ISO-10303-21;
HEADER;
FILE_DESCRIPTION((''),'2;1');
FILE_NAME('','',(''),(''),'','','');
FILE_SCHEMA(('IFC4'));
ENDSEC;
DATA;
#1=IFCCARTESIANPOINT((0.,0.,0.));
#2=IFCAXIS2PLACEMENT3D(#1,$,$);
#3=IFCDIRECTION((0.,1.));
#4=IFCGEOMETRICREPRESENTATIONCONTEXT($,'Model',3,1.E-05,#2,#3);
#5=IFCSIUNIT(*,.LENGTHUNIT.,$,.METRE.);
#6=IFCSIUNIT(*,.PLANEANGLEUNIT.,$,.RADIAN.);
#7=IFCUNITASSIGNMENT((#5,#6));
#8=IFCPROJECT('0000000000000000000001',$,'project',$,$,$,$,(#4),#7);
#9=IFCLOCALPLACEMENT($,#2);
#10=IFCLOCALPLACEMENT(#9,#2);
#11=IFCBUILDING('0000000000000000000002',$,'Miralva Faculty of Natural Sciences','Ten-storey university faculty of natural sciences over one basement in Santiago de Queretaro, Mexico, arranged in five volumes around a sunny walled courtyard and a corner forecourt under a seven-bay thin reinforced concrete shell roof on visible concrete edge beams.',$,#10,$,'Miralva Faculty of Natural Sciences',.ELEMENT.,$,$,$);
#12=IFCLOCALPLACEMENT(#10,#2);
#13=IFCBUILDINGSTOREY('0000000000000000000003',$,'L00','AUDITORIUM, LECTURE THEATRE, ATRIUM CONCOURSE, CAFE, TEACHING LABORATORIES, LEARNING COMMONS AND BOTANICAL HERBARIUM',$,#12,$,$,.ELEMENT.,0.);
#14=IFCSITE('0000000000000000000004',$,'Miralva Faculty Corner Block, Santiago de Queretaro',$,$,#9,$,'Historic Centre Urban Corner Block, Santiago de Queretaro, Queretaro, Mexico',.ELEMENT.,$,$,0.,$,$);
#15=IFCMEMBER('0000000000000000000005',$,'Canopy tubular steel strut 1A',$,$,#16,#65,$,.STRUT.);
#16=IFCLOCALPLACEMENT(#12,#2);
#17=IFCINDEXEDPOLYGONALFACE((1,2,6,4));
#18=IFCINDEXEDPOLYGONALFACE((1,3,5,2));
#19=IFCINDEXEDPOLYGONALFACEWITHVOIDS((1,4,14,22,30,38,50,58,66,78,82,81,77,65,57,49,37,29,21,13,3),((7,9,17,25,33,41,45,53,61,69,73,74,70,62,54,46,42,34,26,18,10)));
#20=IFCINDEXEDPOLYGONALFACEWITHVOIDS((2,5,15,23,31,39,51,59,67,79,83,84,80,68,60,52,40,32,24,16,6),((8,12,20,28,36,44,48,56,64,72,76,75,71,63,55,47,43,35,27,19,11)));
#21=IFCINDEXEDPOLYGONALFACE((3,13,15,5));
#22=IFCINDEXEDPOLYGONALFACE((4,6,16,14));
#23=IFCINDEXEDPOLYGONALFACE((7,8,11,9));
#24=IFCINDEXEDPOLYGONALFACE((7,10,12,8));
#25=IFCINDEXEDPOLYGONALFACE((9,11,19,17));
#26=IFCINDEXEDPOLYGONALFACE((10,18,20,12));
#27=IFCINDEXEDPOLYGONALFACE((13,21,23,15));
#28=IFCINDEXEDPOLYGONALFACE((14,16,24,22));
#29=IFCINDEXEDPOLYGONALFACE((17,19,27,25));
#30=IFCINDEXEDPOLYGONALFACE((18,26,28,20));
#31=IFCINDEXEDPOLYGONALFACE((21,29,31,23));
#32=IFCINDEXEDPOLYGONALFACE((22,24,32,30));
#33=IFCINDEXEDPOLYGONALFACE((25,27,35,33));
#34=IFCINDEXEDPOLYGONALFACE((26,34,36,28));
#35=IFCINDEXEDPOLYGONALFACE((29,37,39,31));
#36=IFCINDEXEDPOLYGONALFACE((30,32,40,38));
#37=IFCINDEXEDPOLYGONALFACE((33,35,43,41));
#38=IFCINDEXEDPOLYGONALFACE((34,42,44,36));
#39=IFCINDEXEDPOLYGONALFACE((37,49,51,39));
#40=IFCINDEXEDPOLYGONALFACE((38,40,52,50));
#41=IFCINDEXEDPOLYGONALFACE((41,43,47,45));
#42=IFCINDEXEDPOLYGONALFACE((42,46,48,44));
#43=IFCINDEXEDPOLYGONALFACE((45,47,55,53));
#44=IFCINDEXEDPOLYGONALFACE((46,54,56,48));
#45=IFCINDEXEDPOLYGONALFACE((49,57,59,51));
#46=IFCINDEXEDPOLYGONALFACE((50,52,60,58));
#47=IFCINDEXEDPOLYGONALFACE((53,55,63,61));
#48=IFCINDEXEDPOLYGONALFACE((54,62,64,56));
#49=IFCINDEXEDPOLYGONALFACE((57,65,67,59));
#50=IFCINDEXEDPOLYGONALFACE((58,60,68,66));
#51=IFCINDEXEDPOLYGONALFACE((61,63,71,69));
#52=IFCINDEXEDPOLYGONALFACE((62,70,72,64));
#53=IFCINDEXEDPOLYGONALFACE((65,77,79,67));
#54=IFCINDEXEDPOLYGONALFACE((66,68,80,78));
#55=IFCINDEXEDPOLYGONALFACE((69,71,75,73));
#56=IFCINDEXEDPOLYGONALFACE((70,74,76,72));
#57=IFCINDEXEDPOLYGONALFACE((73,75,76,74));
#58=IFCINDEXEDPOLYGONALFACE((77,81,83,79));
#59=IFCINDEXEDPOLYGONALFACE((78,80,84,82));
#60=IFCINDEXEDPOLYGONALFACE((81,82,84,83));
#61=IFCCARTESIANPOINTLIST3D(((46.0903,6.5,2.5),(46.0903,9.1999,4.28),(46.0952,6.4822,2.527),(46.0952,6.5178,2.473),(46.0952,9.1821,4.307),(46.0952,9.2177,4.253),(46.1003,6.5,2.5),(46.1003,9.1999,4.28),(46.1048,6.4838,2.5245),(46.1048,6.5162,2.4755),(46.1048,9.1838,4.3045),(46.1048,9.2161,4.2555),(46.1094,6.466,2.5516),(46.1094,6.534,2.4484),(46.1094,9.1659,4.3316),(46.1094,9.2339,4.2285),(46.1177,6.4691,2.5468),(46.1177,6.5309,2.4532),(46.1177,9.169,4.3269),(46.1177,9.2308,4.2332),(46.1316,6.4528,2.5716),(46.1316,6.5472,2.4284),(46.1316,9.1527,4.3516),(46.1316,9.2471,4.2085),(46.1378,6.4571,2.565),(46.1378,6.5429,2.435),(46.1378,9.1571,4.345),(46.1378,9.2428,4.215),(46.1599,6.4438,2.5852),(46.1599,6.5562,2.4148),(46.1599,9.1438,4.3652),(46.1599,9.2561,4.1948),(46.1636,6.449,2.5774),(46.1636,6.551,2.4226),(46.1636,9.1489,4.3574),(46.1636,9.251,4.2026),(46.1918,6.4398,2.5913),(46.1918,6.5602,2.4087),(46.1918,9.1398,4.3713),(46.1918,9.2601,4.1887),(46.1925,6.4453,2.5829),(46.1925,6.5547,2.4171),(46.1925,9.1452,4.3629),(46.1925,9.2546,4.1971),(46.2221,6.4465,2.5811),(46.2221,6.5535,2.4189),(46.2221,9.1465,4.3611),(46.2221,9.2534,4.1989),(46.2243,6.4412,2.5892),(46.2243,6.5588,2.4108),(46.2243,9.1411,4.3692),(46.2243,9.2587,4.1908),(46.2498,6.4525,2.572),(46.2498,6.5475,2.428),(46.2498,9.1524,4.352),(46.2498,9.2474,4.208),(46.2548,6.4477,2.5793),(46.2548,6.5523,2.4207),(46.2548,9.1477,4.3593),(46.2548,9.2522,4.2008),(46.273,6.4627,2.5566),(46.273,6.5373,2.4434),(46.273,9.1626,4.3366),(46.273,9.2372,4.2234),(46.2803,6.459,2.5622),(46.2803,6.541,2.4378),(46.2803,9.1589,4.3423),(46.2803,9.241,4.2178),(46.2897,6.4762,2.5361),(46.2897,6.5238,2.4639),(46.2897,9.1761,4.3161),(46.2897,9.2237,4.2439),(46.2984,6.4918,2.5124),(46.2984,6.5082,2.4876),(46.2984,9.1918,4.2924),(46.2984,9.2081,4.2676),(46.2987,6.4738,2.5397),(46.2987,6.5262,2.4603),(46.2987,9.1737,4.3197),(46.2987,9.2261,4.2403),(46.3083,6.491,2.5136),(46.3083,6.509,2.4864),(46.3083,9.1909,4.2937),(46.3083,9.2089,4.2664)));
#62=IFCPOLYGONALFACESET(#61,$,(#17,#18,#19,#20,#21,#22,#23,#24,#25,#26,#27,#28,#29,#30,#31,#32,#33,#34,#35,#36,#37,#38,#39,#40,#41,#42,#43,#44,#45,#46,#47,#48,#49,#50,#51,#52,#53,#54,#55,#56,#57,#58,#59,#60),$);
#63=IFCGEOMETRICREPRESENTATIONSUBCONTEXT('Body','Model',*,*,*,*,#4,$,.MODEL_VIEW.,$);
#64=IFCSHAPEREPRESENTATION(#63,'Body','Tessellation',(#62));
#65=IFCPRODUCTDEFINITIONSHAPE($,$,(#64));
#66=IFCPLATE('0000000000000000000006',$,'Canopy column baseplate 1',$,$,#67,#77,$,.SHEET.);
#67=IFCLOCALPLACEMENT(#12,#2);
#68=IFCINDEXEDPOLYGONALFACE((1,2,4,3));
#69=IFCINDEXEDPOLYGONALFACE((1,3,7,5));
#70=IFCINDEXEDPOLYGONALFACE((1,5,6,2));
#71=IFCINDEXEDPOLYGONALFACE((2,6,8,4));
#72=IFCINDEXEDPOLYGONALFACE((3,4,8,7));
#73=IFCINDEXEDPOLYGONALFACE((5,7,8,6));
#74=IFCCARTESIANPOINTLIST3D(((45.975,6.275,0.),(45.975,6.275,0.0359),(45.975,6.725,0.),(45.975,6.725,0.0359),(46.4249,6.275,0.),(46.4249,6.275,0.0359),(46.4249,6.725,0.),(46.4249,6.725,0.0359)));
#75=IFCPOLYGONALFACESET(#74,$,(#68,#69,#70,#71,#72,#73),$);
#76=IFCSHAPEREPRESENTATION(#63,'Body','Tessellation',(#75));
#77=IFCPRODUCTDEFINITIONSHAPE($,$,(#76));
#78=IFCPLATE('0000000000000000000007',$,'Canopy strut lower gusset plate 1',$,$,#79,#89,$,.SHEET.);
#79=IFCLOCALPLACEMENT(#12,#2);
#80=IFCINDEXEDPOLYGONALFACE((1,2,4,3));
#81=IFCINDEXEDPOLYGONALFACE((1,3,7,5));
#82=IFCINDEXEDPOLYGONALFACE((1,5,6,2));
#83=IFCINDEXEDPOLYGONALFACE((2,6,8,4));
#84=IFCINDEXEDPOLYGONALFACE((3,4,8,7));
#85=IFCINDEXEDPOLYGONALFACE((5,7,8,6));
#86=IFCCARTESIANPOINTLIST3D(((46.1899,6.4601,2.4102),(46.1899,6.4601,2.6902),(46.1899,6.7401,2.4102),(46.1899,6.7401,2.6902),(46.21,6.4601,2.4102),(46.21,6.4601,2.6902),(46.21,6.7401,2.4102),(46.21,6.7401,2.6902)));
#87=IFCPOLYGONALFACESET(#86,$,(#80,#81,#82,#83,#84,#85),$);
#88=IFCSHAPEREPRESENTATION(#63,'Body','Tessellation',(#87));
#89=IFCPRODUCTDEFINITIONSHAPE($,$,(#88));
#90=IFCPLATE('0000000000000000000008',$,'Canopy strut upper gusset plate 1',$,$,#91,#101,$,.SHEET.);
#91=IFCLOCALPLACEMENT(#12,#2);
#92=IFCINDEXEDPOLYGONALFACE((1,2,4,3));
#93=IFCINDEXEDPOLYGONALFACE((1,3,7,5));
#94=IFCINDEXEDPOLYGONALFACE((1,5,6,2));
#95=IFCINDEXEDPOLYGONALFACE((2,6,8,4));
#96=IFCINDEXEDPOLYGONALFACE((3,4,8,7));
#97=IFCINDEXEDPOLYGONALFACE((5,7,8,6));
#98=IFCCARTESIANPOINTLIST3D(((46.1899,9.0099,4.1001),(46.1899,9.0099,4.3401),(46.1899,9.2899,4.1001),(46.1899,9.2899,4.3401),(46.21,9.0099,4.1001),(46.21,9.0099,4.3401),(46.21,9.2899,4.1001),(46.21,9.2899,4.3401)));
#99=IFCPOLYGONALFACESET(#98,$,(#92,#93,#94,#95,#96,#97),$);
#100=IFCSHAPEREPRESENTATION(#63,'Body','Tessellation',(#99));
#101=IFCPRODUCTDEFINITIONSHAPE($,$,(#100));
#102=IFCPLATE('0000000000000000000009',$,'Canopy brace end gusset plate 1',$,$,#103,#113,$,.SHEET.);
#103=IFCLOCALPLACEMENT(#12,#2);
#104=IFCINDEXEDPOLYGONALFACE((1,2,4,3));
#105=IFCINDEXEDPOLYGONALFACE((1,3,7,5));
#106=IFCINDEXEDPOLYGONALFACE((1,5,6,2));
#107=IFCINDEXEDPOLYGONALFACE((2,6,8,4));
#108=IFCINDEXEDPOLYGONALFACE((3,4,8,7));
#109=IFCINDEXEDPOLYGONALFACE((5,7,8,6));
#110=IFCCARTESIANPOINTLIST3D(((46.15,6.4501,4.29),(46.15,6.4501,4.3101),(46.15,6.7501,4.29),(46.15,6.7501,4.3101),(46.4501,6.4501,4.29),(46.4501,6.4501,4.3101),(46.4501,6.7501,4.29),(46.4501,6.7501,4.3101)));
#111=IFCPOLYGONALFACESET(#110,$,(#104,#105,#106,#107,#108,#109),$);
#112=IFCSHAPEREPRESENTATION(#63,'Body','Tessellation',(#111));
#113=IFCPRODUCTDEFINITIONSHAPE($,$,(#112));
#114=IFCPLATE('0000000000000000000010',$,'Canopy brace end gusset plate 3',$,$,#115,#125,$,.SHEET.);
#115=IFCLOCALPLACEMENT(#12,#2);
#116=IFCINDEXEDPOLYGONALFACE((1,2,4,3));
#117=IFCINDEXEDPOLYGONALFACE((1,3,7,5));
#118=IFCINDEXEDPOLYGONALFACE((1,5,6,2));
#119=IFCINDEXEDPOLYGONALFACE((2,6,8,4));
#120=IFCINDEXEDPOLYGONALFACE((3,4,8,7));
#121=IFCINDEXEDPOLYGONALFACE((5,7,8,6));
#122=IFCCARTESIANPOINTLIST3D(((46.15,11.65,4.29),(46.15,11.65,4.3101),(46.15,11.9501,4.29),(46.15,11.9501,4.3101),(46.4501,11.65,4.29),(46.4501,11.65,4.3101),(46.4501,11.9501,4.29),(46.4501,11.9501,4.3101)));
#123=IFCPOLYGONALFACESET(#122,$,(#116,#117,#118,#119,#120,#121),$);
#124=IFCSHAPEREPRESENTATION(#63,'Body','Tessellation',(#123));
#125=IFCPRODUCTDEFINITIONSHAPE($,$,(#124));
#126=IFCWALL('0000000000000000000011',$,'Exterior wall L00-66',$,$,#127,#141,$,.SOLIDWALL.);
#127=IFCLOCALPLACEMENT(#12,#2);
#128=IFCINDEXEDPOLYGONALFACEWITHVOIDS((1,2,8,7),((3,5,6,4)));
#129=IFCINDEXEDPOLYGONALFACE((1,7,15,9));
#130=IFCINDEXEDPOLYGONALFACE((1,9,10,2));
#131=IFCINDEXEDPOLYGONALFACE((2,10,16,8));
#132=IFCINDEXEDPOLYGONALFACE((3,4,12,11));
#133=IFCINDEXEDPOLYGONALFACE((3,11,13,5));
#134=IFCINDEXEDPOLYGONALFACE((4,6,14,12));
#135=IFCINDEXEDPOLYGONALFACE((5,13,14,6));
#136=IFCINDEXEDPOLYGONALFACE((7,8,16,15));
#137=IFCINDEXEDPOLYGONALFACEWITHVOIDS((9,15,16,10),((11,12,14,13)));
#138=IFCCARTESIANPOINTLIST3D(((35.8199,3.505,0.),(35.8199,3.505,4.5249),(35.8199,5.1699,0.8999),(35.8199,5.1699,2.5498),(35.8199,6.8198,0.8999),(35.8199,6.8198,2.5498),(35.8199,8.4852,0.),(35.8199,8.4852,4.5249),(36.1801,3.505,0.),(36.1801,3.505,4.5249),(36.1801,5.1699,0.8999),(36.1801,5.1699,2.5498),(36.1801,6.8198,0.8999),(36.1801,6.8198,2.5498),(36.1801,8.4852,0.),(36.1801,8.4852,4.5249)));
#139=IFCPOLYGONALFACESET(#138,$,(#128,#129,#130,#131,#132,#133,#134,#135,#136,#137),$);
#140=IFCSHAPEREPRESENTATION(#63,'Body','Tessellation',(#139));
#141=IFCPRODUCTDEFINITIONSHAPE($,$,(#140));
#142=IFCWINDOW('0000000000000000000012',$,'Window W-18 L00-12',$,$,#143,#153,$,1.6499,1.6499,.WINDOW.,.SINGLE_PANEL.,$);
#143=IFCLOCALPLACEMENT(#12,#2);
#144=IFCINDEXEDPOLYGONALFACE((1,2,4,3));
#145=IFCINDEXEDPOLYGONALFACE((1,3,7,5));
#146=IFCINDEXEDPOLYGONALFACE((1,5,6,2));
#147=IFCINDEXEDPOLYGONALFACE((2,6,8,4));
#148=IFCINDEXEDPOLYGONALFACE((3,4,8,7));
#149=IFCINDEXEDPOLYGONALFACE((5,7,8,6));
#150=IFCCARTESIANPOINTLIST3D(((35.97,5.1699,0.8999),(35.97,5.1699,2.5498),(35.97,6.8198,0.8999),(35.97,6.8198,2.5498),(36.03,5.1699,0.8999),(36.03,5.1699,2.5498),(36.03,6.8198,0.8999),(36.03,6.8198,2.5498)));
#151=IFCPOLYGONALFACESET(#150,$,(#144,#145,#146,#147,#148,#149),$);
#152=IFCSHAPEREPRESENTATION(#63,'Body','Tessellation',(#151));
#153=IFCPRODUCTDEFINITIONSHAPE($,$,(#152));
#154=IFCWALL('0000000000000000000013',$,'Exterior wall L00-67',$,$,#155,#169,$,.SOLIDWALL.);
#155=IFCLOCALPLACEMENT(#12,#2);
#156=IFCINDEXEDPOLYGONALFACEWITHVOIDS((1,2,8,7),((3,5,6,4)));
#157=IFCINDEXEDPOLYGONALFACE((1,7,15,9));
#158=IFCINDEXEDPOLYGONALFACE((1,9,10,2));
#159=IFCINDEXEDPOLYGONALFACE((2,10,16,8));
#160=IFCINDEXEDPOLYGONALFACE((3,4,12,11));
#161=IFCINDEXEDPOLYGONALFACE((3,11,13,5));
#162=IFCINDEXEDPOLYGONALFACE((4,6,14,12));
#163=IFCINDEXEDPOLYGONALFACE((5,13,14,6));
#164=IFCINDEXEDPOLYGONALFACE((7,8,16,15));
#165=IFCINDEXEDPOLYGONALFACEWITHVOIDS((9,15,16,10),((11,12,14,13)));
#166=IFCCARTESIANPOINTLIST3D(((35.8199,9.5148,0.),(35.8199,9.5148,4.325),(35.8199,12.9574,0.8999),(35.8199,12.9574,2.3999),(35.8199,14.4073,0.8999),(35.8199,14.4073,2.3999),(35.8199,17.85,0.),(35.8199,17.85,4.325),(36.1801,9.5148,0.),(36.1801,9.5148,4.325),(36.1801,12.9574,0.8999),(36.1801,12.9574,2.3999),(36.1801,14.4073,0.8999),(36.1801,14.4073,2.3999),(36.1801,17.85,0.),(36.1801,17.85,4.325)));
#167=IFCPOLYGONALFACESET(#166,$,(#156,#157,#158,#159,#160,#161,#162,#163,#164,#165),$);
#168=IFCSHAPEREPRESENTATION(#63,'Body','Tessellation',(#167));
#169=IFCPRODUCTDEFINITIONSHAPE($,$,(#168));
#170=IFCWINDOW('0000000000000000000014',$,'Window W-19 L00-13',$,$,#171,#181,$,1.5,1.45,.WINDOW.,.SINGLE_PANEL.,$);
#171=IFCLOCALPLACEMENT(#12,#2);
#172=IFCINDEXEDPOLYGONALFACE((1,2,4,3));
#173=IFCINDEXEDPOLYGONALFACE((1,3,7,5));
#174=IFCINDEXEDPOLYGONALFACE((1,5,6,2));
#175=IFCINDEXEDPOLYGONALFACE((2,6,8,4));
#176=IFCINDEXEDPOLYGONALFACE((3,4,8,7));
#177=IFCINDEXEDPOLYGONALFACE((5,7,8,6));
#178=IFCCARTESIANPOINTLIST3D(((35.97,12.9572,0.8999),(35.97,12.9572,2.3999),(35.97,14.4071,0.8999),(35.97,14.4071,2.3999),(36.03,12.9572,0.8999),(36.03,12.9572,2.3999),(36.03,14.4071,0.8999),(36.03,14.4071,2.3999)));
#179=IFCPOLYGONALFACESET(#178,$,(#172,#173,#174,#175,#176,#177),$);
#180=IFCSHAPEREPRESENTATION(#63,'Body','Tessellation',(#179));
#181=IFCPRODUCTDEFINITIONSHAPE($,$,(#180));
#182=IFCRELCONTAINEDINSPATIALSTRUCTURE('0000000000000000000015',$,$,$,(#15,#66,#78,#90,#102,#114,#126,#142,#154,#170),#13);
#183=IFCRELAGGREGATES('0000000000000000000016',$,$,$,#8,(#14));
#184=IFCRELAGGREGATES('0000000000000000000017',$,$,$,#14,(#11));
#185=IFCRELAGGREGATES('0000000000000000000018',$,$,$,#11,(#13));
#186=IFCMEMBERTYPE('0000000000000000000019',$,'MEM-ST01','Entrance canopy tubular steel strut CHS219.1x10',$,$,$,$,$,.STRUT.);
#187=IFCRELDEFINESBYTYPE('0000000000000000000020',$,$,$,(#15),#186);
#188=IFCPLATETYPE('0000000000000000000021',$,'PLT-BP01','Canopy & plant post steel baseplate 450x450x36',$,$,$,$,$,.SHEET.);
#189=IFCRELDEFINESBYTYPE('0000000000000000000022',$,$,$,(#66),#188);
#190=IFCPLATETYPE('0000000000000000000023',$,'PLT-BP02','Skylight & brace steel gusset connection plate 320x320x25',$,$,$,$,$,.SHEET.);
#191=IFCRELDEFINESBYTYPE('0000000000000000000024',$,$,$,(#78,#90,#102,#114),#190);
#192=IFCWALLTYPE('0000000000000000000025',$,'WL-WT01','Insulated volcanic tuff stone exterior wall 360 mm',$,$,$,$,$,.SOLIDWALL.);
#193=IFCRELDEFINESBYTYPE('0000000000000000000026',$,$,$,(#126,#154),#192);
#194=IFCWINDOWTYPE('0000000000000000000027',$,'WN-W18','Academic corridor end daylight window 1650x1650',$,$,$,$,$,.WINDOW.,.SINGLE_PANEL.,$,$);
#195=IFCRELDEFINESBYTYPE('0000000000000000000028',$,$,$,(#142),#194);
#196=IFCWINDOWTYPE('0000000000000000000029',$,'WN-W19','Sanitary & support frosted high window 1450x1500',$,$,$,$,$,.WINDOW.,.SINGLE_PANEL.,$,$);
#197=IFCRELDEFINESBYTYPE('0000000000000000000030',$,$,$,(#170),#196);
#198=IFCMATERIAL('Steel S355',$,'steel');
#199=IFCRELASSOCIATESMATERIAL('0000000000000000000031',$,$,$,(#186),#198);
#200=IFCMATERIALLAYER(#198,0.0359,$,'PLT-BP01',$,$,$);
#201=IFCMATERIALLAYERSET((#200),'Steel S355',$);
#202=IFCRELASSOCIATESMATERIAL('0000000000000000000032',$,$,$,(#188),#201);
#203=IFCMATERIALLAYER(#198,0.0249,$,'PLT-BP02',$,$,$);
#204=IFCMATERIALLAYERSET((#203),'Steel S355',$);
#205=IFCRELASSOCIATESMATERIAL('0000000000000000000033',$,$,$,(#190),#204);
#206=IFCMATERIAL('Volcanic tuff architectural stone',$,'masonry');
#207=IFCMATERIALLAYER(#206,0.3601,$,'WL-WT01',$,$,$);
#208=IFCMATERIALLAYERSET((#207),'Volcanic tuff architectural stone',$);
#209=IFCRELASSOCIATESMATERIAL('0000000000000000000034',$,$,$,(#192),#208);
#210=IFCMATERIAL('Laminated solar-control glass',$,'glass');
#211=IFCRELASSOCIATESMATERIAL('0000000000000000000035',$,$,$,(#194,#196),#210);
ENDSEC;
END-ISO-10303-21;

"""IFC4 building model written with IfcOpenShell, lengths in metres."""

from ifc_helpers import new_model, si_unit, direction, frame, frame_2d, origin, origin_2d, place, context, subcontext, project, spatial, rectangle, hollow_circle, extrude, material, layer, layer_set, material_profile, profile_set, type_object, element, fill, save


model = new_model("IFC4")

# Units and contexts
model_context = context("Model", 3, precision=1e-05, world=origin(), true_north=direction((0.0, 1.0)))
body_context = subcontext(model_context, "Body", "Model", "MODEL_VIEW")
ifc_project = project(units=[si_unit("LENGTHUNIT", "METRE"), si_unit("PLANEANGLEUNIT", "RADIAN")], contexts=[model_context])

# Site, building, storey
site_placement = place(None, origin())
site = spatial("IfcSite", under=ifc_project, at=site_placement, Name="Miralva Faculty Corner Block, Santiago de Queretaro", LongName="Historic Centre Urban Corner Block, Santiago de Queretaro, Queretaro, Mexico", CompositionType="ELEMENT", RefElevation=0.0)
building_placement = place(site_placement, origin())
building = spatial("IfcBuilding", under=site, at=building_placement, Name="Miralva Faculty of Natural Sciences", Description="Ten-storey university faculty of natural sciences over one basement in Santiago de Queretaro, Mexico, arranged in five volumes around a sunny walled courtyard and a corner forecourt under a seven-bay thin reinforced concrete shell roof on visible concrete edge beams.", LongName="Miralva Faculty of Natural Sciences", CompositionType="ELEMENT")
storey_placement = place(building_placement, origin())
storey = spatial("IfcBuildingStorey", under=building, at=storey_placement, Name="L00", Description="AUDITORIUM, LECTURE THEATRE, ATRIUM CONCOURSE, CAFE, TEACHING LABORATORIES, LEARNING COMMONS AND BOTANICAL HERBARIUM", CompositionType="ELEMENT", Elevation=0.0)

# Shared definitions
ifc_material_1 = material(Name="Steel S355", Category="steel")

# Shared definitions
ifc_material_2 = material(Name="Laminated solar-control glass", Category="glass")

# Member
ifc_material_profile_1 = material_profile(ifc_material_1, hollow_circle(Radius=0.1096, WallThickness=0.01, at=origin_2d()), Name="CHS 219.1x10")
ifc_profile_set_1 = profile_set([ifc_material_profile_1], Name="Steel S355")
member_type_1 = type_object("IfcMemberType", Name="MEM-ST01", Description="Entrance canopy tubular steel strut CHS219.1x10", PredefinedType="STRUT", material=ifc_profile_set_1)
member_1_placement = place(storey_placement, frame((46.2, 6.5, 2.5), z_axis=(0.0, 0.834885, 0.550425), x_axis=(-1.0, 0.0, 0.0)))
element("IfcMember", 1, at=member_1_placement, inside=storey, type_object=member_type_1, Name="Canopy tubular steel strut 1A", PredefinedType="STRUT", context=body_context, shape_type="SweptSolid", body=[
    extrude(hollow_circle(Radius=0.1096, WallThickness=0.01, at=origin_2d()), origin(), (0.0, 0.0, 1.0), 3.2339),
])

# Plates
ifc_layer_1 = layer(ifc_material_1, 0.0359, Name="PLT-BP01")
ifc_layer_set_1 = layer_set([ifc_layer_1], Name="Steel S355")
plate_type_1 = type_object("IfcPlateType", Name="PLT-BP01", Description="Canopy & plant post steel baseplate 450x450x36", PredefinedType="SHEET", material=ifc_layer_set_1)
plate_1_placement = place(storey_placement, frame((46.2, 6.5, 0.0), z_axis=(0.0, 0.0, 1.0), x_axis=(1.0, 0.0, 0.0)))
element("IfcPlate", 2, at=plate_1_placement, inside=storey, type_object=plate_type_1, Name="Canopy column baseplate 1", PredefinedType="SHEET", context=body_context, shape_type="SweptSolid", body=[
    extrude(rectangle(XDim=0.45, YDim=0.45, at=origin_2d()), origin(), (0.0, 0.0, 1.0), 0.0359),
])
ifc_layer_2 = layer(ifc_material_1, 0.0249, Name="PLT-BP02")
ifc_layer_set_2 = layer_set([ifc_layer_2], Name="Steel S355")
plate_type_2 = type_object("IfcPlateType", Name="PLT-BP02", Description="Skylight & brace steel gusset connection plate 320x320x25", PredefinedType="SHEET", material=ifc_layer_set_2)
plate_2_placement = place(storey_placement, frame((46.2, 6.6001, 2.4102), z_axis=(0.0, 0.0, 1.0), x_axis=(1.0, 0.0, 0.0)))
element("IfcPlate", 3, at=plate_2_placement, inside=storey, type_object=plate_type_2, Name="Canopy strut lower gusset plate 1", PredefinedType="SHEET", context=body_context, shape_type="SweptSolid", body=[
    extrude(rectangle(XDim=0.02, YDim=0.28, at=origin_2d()), origin(), (0.0, 0.0, 1.0), 0.28),
])
plate_3_placement = place(storey_placement, frame((46.2, 9.1499, 4.1001), z_axis=(0.0, 0.0, 1.0), x_axis=(1.0, 0.0, 0.0)))
element("IfcPlate", 4, at=plate_3_placement, inside=storey, type_object=plate_type_2, Name="Canopy strut upper gusset plate 1", PredefinedType="SHEET", context=body_context, shape_type="SweptSolid", body=[
    extrude(rectangle(XDim=0.02, YDim=0.28, at=origin_2d()), origin(), (0.0, 0.0, 1.0), 0.24),
])
for number, where, z_axis, x_axis, name in (
    (5, (46.3, 6.6001, 4.29), (0.0, 0.0, 1.0), (1.0, 0.0, 0.0), "Canopy brace end gusset plate 1"),
    (6, (46.3, 11.8, 4.29), (0.0, 0.0, 1.0), (1.0, 0.0, 0.0), "Canopy brace end gusset plate 3"),
):
    element("IfcPlate", number, at=place(storey_placement, frame(where, z_axis=z_axis, x_axis=x_axis)), inside=storey, type_object=plate_type_2, Name=name, PredefinedType="SHEET", context=body_context, shape_type="SweptSolid", body=[
        extrude(rectangle(XDim=0.3, YDim=0.3, at=origin_2d()), origin(), (0.0, 0.0, 1.0), 0.02),
    ])

# Walls, openings, windows
ifc_material_3 = material(Name="Volcanic tuff architectural stone", Category="masonry")
ifc_layer_3 = layer(ifc_material_3, 0.3601, Name="WL-WT01")
ifc_layer_set_3 = layer_set([ifc_layer_3], Name="Volcanic tuff architectural stone")
wall_type = type_object("IfcWallType", Name="WL-WT01", Description="Insulated volcanic tuff stone exterior wall 360 mm", PredefinedType="SOLIDWALL", material=ifc_layer_set_3)
wall_1_placement = place(storey_placement, frame((36.0, 3.5049, 0.0), z_axis=(0.0, 0.0, 1.0), x_axis=(0.0, 1.0, 0.0)))
wall_1 = element("IfcWall", 7, at=wall_1_placement, inside=storey, type_object=wall_type, Name="Exterior wall L00-66", PredefinedType="SOLIDWALL", context=body_context, shape_type="SweptSolid", body=[
    extrude(rectangle(XDim=4.9802, YDim=0.3601, at=frame_2d((2.4902, 0.0))), origin(), (0.0, 0.0, 1.0), 4.5249),
])
opening_1_placement = place(wall_1_placement, frame((1.665, 0.0, 0.8999)))
opening_1 = element("IfcOpeningElement", 8, at=opening_1_placement, cuts=wall_1, PredefinedType="OPENING", context=body_context, shape_type="SweptSolid", body=[
    extrude(rectangle(XDim=1.6499, YDim=1.6499, at=frame_2d((0.825, 0.825))), frame((0.0, 0.1899, 0.0), z_axis=(0.0, -1.0, 0.0), x_axis=(1.0, 0.0, 0.0)), (0.0, 0.0, 1.0), 0.3801),
])
window_type_1 = type_object("IfcWindowType", Name="WN-W18", Description="Academic corridor end daylight window 1650x1650", PartitioningType="SINGLE_PANEL", PredefinedType="WINDOW", material=ifc_material_2)
window_1_placement = place(opening_1_placement, frame((1.6499, 0.0, 0.0), z_axis=(0.0, 0.0, 1.0), x_axis=(-1.0, 0.0, 0.0)))
window_1 = element("IfcWindow", 9, at=window_1_placement, inside=storey, type_object=window_type_1, Name="Window W-18 L00-12", OverallHeight=1.6499, OverallWidth=1.6499, PartitioningType="SINGLE_PANEL", PredefinedType="WINDOW", context=body_context, shape_type="SweptSolid", body=[
    extrude(rectangle(XDim=1.6499, YDim=1.6499, at=frame_2d((0.825, 0.825))), frame((0.0, 0.03, 0.0), z_axis=(0.0, -1.0, 0.0), x_axis=(1.0, 0.0, 0.0)), (0.0, 0.0, 1.0), 0.0601),
])
fill(opening_1, window_1)
wall_2_placement = place(storey_placement, frame((36.0, 9.5149, 0.0), z_axis=(0.0, 0.0, 1.0), x_axis=(0.0, 1.0, 0.0)))
wall_2 = element("IfcWall", 10, at=wall_2_placement, inside=storey, type_object=wall_type, Name="Exterior wall L00-67", PredefinedType="SOLIDWALL", context=body_context, shape_type="SweptSolid", body=[
    extrude(rectangle(XDim=8.3352, YDim=0.3601, at=frame_2d((4.1675, 0.0))), origin(), (0.0, 0.0, 1.0), 4.325),
])
opening_2_placement = place(wall_2_placement, frame((3.4424, 0.0, 0.8999)))
opening_2 = element("IfcOpeningElement", 11, at=opening_2_placement, cuts=wall_2, PredefinedType="OPENING", context=body_context, shape_type="SweptSolid", body=[
    extrude(rectangle(XDim=1.45, YDim=1.5, at=frame_2d((0.7251, 0.75))), frame((0.0, 0.1899, 0.0), z_axis=(0.0, -1.0, 0.0), x_axis=(1.0, 0.0, 0.0)), (0.0, 0.0, 1.0), 0.3801),
])
window_type_2 = type_object("IfcWindowType", Name="WN-W19", Description="Sanitary & support frosted high window 1450x1500", PartitioningType="SINGLE_PANEL", PredefinedType="WINDOW", material=ifc_material_2)
window_2_placement = place(opening_2_placement, frame((1.45, 0.0, 0.0), z_axis=(0.0, 0.0, 1.0), x_axis=(-1.0, 0.0, 0.0)))
window_2 = element("IfcWindow", 12, at=window_2_placement, inside=storey, type_object=window_type_2, Name="Window W-19 L00-13", OverallHeight=1.5, OverallWidth=1.45, PartitioningType="SINGLE_PANEL", PredefinedType="WINDOW", context=body_context, shape_type="SweptSolid", body=[
    extrude(rectangle(XDim=1.45, YDim=1.5, at=frame_2d((0.7251, 0.75))), frame((0.0, 0.03, 0.0), z_axis=(0.0, -1.0, 0.0), x_axis=(1.0, 0.0, 0.0)), (0.0, 0.0, 1.0), 0.0601),
])
fill(opening_2, window_2)

save(model, "model.ifc")
